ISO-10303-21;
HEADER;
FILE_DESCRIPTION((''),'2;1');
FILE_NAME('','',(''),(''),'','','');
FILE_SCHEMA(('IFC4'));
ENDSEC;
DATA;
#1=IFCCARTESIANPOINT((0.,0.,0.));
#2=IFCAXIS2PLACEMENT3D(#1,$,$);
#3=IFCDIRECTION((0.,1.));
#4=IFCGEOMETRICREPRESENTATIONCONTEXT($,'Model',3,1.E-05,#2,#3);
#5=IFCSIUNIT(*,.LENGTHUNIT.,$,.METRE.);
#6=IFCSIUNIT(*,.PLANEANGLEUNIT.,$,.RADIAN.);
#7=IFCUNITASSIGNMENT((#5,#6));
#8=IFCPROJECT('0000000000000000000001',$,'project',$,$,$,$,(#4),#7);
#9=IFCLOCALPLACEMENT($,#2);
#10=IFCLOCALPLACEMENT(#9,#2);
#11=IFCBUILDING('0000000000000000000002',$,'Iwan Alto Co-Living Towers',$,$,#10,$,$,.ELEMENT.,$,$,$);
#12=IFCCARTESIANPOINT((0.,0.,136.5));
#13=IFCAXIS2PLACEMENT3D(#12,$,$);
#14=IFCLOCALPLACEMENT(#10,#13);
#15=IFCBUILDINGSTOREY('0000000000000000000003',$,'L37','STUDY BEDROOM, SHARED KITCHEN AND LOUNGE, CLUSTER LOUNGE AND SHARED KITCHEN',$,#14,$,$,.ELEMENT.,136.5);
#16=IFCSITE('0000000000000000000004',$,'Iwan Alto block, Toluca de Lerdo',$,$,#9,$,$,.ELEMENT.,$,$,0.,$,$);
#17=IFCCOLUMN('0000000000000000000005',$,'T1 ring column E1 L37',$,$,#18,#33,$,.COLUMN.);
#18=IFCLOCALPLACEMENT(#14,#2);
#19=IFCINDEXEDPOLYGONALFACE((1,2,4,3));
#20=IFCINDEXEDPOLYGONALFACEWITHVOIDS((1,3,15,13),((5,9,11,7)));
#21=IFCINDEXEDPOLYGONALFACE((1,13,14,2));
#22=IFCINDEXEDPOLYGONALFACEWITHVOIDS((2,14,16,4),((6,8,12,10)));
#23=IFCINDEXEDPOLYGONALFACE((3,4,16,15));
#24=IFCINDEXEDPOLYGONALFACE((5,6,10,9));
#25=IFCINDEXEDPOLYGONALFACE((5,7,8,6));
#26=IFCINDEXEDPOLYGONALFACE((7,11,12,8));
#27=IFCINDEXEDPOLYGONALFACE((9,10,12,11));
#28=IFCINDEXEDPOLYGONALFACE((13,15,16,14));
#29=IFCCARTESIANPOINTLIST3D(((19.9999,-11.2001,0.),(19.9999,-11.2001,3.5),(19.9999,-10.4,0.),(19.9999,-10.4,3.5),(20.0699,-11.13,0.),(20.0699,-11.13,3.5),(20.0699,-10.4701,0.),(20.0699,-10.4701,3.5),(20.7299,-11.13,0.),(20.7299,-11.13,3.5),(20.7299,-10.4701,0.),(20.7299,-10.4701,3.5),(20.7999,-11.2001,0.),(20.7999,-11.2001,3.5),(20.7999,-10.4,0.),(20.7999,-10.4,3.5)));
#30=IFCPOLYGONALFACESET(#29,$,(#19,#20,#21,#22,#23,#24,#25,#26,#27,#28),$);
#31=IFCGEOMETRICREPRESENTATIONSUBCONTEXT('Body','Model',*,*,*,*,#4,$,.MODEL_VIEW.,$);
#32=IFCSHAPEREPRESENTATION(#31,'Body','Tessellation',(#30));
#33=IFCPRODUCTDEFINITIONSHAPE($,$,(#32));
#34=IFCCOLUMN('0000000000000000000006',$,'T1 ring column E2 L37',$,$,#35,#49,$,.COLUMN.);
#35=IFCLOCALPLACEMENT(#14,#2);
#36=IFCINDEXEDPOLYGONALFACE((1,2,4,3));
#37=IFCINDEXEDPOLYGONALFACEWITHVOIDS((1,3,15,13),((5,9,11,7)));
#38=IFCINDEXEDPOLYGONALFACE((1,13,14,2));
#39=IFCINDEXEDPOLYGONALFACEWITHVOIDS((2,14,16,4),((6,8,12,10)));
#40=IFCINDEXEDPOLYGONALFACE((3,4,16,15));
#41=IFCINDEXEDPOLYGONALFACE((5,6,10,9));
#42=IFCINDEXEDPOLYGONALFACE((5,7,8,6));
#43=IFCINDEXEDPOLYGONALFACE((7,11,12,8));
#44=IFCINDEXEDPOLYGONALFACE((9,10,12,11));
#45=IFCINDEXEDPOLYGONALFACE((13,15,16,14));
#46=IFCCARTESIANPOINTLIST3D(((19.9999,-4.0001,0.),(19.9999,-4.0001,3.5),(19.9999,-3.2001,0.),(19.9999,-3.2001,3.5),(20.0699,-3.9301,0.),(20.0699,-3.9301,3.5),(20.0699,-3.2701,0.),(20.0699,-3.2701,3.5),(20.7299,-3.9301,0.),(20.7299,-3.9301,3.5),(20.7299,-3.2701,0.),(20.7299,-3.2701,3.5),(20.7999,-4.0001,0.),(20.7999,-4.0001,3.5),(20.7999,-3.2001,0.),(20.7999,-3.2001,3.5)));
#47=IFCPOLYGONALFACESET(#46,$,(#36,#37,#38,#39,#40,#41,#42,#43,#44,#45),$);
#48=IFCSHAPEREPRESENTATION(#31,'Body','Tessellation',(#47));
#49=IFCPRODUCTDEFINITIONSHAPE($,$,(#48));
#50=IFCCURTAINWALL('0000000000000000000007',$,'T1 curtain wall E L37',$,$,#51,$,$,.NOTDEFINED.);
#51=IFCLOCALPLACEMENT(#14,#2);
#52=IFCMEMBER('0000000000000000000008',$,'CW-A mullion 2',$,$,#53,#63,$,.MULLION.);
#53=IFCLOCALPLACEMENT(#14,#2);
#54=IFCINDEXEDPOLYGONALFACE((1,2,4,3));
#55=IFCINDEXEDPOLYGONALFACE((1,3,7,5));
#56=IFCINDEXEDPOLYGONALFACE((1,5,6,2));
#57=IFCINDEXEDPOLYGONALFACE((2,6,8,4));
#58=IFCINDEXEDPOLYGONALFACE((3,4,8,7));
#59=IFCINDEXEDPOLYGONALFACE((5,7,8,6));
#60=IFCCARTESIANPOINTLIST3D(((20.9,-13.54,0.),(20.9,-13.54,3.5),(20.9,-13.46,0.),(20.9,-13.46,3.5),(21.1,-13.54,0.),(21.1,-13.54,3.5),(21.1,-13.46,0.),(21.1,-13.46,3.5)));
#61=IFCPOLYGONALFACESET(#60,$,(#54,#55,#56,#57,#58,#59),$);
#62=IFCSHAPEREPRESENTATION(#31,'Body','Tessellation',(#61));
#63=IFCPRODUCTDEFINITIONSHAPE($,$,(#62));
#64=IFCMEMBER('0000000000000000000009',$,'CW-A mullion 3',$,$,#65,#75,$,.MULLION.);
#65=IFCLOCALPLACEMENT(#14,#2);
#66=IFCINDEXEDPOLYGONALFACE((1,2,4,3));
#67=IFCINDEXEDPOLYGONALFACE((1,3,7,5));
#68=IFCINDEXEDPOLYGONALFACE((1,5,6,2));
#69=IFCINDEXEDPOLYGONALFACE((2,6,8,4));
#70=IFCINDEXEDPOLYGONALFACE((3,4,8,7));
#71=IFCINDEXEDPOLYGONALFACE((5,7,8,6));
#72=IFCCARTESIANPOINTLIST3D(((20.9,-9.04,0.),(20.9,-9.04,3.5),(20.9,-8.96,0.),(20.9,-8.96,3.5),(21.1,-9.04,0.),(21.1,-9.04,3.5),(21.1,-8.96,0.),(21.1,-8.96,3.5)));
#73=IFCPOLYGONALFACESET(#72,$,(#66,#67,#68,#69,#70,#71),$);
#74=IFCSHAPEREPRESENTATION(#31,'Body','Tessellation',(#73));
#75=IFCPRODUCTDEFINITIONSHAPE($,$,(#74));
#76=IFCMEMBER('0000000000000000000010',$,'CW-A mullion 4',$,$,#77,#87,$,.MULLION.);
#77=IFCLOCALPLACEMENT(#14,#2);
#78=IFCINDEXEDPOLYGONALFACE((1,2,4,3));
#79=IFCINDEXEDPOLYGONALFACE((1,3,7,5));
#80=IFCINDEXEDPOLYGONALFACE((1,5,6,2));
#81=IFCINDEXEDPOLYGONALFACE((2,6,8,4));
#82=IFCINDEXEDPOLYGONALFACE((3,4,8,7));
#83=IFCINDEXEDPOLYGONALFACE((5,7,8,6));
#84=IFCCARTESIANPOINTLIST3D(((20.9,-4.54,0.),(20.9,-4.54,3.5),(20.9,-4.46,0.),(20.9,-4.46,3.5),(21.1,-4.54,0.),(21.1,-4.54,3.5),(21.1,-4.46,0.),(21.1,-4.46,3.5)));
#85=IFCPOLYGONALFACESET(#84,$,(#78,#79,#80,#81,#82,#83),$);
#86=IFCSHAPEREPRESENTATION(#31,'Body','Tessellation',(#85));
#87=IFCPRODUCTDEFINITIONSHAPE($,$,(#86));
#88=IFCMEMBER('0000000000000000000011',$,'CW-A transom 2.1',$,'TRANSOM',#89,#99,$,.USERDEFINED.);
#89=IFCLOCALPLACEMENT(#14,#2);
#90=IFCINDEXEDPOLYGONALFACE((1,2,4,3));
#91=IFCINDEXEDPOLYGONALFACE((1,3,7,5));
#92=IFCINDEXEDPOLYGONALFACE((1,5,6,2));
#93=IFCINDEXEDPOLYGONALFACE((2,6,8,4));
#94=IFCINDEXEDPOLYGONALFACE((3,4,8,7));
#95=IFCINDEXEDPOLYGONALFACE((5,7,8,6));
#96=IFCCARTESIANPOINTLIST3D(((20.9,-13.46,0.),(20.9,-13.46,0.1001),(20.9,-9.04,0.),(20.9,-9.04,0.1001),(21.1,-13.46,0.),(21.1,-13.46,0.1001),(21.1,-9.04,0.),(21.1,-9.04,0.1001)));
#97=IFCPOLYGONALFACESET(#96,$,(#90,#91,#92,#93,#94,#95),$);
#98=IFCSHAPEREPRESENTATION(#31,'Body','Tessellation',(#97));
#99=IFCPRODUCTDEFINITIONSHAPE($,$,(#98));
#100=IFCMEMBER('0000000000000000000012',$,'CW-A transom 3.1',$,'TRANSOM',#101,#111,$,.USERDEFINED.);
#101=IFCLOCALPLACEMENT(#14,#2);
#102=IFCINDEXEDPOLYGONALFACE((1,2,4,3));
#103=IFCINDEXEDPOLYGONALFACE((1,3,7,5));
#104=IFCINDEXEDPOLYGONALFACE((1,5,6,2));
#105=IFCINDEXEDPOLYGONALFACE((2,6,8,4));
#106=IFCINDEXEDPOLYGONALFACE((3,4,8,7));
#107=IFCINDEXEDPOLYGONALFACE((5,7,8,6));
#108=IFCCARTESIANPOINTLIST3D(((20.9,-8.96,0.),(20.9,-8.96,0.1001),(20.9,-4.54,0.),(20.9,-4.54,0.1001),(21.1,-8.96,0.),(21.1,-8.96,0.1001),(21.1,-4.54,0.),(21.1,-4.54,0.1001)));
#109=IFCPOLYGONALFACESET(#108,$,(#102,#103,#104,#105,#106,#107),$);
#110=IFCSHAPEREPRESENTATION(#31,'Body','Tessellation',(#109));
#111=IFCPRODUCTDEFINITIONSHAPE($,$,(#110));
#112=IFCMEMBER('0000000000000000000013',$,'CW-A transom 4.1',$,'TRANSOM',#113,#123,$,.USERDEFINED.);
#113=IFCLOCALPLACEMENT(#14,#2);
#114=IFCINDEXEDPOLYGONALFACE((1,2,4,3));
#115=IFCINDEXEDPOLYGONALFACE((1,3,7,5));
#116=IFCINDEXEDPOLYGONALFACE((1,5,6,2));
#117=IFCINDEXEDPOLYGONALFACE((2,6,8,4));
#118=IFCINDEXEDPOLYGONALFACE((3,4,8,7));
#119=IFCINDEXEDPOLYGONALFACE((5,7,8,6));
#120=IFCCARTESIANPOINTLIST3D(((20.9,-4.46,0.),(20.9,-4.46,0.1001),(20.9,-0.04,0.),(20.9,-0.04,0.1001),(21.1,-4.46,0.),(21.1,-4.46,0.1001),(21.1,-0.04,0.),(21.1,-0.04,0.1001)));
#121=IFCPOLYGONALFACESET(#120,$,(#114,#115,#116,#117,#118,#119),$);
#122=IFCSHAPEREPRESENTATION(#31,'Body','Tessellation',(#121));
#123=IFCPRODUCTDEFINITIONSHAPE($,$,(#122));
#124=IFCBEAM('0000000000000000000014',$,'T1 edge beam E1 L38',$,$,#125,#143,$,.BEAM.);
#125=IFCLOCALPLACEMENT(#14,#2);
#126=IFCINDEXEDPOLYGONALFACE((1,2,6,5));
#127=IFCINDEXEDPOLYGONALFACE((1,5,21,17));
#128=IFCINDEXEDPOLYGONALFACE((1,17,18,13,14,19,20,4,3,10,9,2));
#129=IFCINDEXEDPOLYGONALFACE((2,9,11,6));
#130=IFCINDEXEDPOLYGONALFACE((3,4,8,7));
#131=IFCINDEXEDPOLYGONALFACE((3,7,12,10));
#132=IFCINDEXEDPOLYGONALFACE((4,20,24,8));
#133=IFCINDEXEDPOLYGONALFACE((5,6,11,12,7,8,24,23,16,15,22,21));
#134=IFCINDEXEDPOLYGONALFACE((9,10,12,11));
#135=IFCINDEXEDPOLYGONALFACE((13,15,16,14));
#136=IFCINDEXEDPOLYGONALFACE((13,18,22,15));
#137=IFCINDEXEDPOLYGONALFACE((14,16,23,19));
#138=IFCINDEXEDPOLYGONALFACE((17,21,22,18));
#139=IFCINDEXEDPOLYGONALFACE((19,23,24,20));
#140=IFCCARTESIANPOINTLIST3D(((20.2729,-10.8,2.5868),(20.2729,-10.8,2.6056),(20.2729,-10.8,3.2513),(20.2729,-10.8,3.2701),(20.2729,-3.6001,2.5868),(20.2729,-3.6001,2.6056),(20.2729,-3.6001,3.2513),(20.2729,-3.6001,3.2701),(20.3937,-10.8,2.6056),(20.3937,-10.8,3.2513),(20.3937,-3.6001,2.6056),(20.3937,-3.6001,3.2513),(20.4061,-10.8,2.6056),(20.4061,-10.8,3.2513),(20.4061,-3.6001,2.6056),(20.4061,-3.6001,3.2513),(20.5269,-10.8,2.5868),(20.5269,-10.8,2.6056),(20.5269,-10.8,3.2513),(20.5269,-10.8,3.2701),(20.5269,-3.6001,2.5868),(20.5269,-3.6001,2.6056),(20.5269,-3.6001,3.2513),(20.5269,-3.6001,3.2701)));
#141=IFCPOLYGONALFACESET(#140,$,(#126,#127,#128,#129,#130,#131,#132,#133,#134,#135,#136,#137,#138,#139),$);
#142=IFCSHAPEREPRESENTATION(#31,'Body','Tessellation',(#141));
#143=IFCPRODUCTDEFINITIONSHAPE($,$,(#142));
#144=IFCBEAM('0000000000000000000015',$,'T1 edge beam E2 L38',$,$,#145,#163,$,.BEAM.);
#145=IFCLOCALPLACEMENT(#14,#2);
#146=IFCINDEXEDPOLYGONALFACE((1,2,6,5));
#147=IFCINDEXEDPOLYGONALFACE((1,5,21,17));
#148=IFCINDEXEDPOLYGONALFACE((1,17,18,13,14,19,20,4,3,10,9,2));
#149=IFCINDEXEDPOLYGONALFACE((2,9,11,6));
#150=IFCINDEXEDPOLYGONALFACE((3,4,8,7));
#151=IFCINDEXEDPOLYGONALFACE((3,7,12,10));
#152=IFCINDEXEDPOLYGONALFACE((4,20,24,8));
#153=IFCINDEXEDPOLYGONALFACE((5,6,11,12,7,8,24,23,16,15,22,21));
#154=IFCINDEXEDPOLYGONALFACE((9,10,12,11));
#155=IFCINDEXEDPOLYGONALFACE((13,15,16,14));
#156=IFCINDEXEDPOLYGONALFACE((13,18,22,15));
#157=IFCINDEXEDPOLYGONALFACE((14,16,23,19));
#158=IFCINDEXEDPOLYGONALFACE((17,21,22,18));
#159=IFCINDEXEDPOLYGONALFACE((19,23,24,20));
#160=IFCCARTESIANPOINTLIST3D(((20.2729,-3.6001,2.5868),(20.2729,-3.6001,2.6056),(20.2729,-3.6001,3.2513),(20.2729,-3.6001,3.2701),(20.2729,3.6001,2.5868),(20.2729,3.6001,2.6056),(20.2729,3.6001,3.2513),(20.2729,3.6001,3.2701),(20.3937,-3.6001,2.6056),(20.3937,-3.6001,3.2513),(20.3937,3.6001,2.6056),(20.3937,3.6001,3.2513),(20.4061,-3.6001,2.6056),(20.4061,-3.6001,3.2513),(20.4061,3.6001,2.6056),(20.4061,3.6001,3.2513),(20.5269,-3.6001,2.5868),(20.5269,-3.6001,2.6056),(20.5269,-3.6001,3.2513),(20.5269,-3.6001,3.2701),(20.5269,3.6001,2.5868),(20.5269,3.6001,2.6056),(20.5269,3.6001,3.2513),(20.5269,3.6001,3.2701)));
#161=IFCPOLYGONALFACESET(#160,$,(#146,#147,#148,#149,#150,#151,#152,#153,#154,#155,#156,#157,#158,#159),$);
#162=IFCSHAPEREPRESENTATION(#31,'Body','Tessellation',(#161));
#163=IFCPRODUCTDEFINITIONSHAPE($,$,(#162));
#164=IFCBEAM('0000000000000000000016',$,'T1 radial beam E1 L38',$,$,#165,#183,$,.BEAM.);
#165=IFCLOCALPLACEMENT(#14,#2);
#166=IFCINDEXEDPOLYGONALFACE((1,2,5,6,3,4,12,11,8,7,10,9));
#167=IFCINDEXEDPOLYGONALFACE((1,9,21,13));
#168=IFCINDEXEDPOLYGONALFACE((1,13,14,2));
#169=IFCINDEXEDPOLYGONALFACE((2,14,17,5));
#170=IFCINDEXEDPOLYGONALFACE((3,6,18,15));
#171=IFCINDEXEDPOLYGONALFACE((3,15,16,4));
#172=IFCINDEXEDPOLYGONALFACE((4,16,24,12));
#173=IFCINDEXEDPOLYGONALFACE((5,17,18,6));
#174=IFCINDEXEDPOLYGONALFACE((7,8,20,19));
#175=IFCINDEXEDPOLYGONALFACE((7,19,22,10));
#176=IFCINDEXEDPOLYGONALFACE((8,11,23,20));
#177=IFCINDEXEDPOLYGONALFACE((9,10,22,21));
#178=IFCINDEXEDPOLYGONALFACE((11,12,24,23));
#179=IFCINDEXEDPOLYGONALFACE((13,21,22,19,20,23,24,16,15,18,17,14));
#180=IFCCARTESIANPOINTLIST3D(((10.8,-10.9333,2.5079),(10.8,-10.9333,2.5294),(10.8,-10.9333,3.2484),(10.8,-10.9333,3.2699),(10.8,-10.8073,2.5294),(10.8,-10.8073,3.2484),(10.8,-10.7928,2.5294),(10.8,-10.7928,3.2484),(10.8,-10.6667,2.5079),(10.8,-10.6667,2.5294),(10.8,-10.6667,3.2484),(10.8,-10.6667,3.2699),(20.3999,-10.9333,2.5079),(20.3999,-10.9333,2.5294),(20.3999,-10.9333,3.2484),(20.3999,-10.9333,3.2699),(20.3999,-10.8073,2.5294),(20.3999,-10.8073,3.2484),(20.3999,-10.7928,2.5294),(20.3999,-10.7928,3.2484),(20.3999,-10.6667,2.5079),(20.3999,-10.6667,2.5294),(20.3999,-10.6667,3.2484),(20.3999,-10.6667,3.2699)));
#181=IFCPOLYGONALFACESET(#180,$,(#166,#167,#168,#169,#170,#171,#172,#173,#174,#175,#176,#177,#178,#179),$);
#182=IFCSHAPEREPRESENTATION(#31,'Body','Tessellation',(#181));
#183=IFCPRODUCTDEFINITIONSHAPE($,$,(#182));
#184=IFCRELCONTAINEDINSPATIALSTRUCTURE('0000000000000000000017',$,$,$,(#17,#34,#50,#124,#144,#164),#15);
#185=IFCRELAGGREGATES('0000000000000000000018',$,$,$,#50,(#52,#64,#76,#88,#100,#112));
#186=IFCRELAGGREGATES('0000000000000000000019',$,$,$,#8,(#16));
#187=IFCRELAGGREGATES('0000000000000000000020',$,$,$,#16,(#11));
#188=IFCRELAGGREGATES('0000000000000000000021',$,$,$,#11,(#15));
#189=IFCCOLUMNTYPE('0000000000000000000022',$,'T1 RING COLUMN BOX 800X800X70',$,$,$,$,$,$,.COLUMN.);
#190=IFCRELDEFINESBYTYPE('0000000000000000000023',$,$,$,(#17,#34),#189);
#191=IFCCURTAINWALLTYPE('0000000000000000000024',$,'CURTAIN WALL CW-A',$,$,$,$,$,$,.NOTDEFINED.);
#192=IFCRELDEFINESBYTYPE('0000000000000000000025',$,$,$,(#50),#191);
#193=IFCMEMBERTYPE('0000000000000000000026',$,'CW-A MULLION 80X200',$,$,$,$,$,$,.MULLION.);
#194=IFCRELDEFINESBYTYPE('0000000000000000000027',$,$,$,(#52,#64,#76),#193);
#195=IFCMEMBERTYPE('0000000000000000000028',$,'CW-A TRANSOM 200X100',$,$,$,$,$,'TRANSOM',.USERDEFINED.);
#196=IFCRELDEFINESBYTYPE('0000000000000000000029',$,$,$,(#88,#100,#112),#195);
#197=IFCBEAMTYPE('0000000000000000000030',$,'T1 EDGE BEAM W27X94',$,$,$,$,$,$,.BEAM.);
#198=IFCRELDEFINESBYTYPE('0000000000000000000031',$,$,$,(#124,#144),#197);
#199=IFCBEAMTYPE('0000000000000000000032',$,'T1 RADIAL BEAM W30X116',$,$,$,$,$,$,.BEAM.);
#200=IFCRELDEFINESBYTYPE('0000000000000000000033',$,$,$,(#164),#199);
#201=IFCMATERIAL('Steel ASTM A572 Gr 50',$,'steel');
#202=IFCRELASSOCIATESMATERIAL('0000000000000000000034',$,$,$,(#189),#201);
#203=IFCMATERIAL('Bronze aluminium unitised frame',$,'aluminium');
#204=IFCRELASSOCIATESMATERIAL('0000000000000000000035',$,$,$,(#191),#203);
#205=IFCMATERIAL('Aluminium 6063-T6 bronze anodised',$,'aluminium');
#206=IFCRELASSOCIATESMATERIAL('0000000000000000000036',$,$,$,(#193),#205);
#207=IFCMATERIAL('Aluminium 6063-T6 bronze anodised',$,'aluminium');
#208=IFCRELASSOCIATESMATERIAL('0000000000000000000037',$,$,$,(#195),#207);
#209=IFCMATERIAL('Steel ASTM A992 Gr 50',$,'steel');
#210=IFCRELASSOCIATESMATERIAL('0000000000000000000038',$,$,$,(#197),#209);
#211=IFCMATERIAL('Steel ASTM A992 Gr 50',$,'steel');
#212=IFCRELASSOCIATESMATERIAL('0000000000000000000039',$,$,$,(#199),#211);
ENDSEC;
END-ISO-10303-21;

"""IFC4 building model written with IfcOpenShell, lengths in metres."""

from ifc_helpers import new_model, si_unit, direction, frame, origin, origin_2d, place, context, subcontext, project, spatial, rectangle, hollow_rectangle, i_section, extrude, material, material_profile, profile_set, type_object, element, aggregate, save


model = new_model("IFC4")

# Units and contexts
model_context = context("Model", 3, precision=1e-05, world=origin(), true_north=direction((0.0, 1.0)))
body_context = subcontext(model_context, "Body", "Model", "MODEL_VIEW")
ifc_project = project(units=[si_unit("LENGTHUNIT", "METRE"), si_unit("PLANEANGLEUNIT", "RADIAN")], contexts=[model_context])

# Site, building, storey
site_placement = place(None, origin())
site = spatial("IfcSite", under=ifc_project, at=site_placement, Name="Iwan Alto block, Toluca de Lerdo", CompositionType="ELEMENT", RefElevation=0.0)
building_placement = place(site_placement, origin())
building = spatial("IfcBuilding", under=site, at=building_placement, Name="Iwan Alto Co-Living Towers", CompositionType="ELEMENT")
storey_placement = place(building_placement, frame((0.0, 0.0, 136.5)))
storey = spatial("IfcBuildingStorey", under=building, at=storey_placement, Name="L37", Description="STUDY BEDROOM, SHARED KITCHEN AND LOUNGE, CLUSTER LOUNGE AND SHARED KITCHEN", CompositionType="ELEMENT", Elevation=136.5)

# Columns
ifc_material_1 = material(Name="Steel ASTM A572 Gr 50", Category="steel")
ifc_material_profile_1 = material_profile(ifc_material_1, hollow_rectangle(XDim=0.8, YDim=0.8, WallThickness=0.0701, at=origin_2d()), Name="BOX 800X800X70")
ifc_profile_set_1 = profile_set([ifc_material_profile_1], Name="Steel ASTM A572 Gr 50")
column_type = type_object("IfcColumnType", Name="T1 RING COLUMN BOX 800X800X70", PredefinedType="COLUMN", material=ifc_profile_set_1)
for number, where, z_axis, x_axis, name in (
    (1, (20.3999, -10.8, 0.0), (0.0, 0.0, 1.0), (1.0, 0.0, 0.0), "T1 ring column E1 L37"),
    (2, (20.3999, -3.6001, 0.0), (0.0, 0.0, 1.0), (1.0, 0.0, 0.0), "T1 ring column E2 L37"),
):
    element("IfcColumn", number, at=place(storey_placement, frame(where, z_axis=z_axis, x_axis=x_axis)), inside=storey, type_object=column_type, Name=name, PredefinedType="COLUMN", context=body_context, shape_type="SweptSolid", body=[
        extrude(hollow_rectangle(XDim=0.8, YDim=0.8, WallThickness=0.0701, at=origin_2d()), origin(), (0.0, 0.0, 1.0), 3.5),
    ])

# Curtain wall, members
ifc_material_2 = material(Name="Bronze aluminium unitised frame", Category="aluminium")
curtain_wall_type = type_object("IfcCurtainWallType", Name="CURTAIN WALL CW-A", PredefinedType="NOTDEFINED", material=ifc_material_2)
curtain_wall_placement = place(storey_placement, origin())
curtain_wall = element("IfcCurtainWall", 3, at=curtain_wall_placement, inside=storey, type_object=curtain_wall_type, Name="T1 curtain wall E L37", PredefinedType="NOTDEFINED")
ifc_material_3 = material(Name="Aluminium 6063-T6 bronze anodised", Category="aluminium")
ifc_material_profile_2 = material_profile(ifc_material_3, rectangle(XDim=0.2, YDim=0.0801, at=origin_2d()), Name="AL 80X200")
ifc_profile_set_2 = profile_set([ifc_material_profile_2], Name="Aluminium 6063-T6 bronze anodised")
member_type_1 = type_object("IfcMemberType", Name="CW-A MULLION 80X200", PredefinedType="MULLION", material=ifc_profile_set_2)
member_1_placement = place(storey_placement, frame((21.0, -13.5, 0.0), z_axis=(0.0, 0.0, 1.0), x_axis=(-1.0, 0.0, 0.0)))
member_1 = element("IfcMember", 4, at=member_1_placement, type_object=member_type_1, Name="CW-A mullion 2", PredefinedType="MULLION", context=body_context, shape_type="SweptSolid", body=[
    extrude(rectangle(XDim=0.2, YDim=0.0801, at=origin_2d()), origin(), (0.0, 0.0, 1.0), 3.5),
])
member_2_placement = place(storey_placement, frame((21.0, -9.0, 0.0), z_axis=(0.0, 0.0, 1.0), x_axis=(-1.0, 0.0, 0.0)))
member_2 = element("IfcMember", 5, at=member_2_placement, type_object=member_type_1, Name="CW-A mullion 3", PredefinedType="MULLION", context=body_context, shape_type="SweptSolid", body=[
    extrude(rectangle(XDim=0.2, YDim=0.0801, at=origin_2d()), origin(), (0.0, 0.0, 1.0), 3.5),
])
member_3_placement = place(storey_placement, frame((21.0, -4.5, 0.0), z_axis=(0.0, 0.0, 1.0), x_axis=(-1.0, 0.0, 0.0)))
member_3 = element("IfcMember", 6, at=member_3_placement, type_object=member_type_1, Name="CW-A mullion 4", PredefinedType="MULLION", context=body_context, shape_type="SweptSolid", body=[
    extrude(rectangle(XDim=0.2, YDim=0.0801, at=origin_2d()), origin(), (0.0, 0.0, 1.0), 3.5),
])
ifc_material_4 = material(Name="Aluminium 6063-T6 bronze anodised", Category="aluminium")
ifc_material_profile_3 = material_profile(ifc_material_4, rectangle(XDim=0.2, YDim=0.1001, at=origin_2d()), Name="AL 200X100")
ifc_profile_set_3 = profile_set([ifc_material_profile_3], Name="Aluminium 6063-T6 bronze anodised")
member_type_2 = type_object("IfcMemberType", Name="CW-A TRANSOM 200X100", ElementType="TRANSOM", PredefinedType="USERDEFINED", material=ifc_profile_set_3)
member_4_placement = place(storey_placement, frame((21.0, -13.46, 0.05), z_axis=(0.0, 1.0, 0.0), x_axis=(-1.0, 0.0, 0.0)))
member_4 = element("IfcMember", 7, at=member_4_placement, type_object=member_type_2, Name="CW-A transom 2.1", ObjectType="TRANSOM", PredefinedType="USERDEFINED", context=body_context, shape_type="SweptSolid", body=[
    extrude(rectangle(XDim=0.2, YDim=0.1001, at=origin_2d()), origin(), (0.0, 0.0, 1.0), 4.4199),
])
member_5_placement = place(storey_placement, frame((21.0, -8.96, 0.05), z_axis=(0.0, 1.0, 0.0), x_axis=(-1.0, 0.0, 0.0)))
member_5 = element("IfcMember", 8, at=member_5_placement, type_object=member_type_2, Name="CW-A transom 3.1", ObjectType="TRANSOM", PredefinedType="USERDEFINED", context=body_context, shape_type="SweptSolid", body=[
    extrude(rectangle(XDim=0.2, YDim=0.1001, at=origin_2d()), origin(), (0.0, 0.0, 1.0), 4.4199),
])
member_6_placement = place(storey_placement, frame((21.0, -4.46, 0.05), z_axis=(0.0, 1.0, 0.0), x_axis=(-1.0, 0.0, 0.0)))
member_6 = element("IfcMember", 9, at=member_6_placement, type_object=member_type_2, Name="CW-A transom 4.1", ObjectType="TRANSOM", PredefinedType="USERDEFINED", context=body_context, shape_type="SweptSolid", body=[
    extrude(rectangle(XDim=0.2, YDim=0.1001, at=origin_2d()), origin(), (0.0, 0.0, 1.0), 4.4199),
])

# Beams
ifc_material_5 = material(Name="Steel ASTM A992 Gr 50", Category="steel")
ifc_material_profile_4 = material_profile(ifc_material_5, i_section(OverallWidth=0.2539, OverallDepth=0.6833, WebThickness=0.0125, FlangeThickness=0.0188, at=origin_2d()), Name="W27X94")
ifc_profile_set_4 = profile_set([ifc_material_profile_4], Name="Steel ASTM A992 Gr 50")
beam_type_1 = type_object("IfcBeamType", Name="T1 EDGE BEAM W27X94", PredefinedType="BEAM", material=ifc_profile_set_4)
beam_1_placement = place(storey_placement, frame((20.3999, -10.8, 2.9285), z_axis=(0.0, 1.0, 0.0), x_axis=(-1.0, 0.0, 0.0)))
element("IfcBeam", 10, at=beam_1_placement, inside=storey, type_object=beam_type_1, Name="T1 edge beam E1 L38", PredefinedType="BEAM", context=body_context, shape_type="SweptSolid", body=[
    extrude(i_section(OverallWidth=0.2539, OverallDepth=0.6833, WebThickness=0.0125, FlangeThickness=0.0188, at=origin_2d()), origin(), (0.0, 0.0, 1.0), 7.2),
])
beam_2_placement = place(storey_placement, frame((20.3999, -3.6001, 2.9285), z_axis=(0.0, 1.0, 0.0), x_axis=(-1.0, 0.0, 0.0)))
element("IfcBeam", 11, at=beam_2_placement, inside=storey, type_object=beam_type_1, Name="T1 edge beam E2 L38", PredefinedType="BEAM", context=body_context, shape_type="SweptSolid", body=[
    extrude(i_section(OverallWidth=0.2539, OverallDepth=0.6833, WebThickness=0.0125, FlangeThickness=0.0188, at=origin_2d()), origin(), (0.0, 0.0, 1.0), 7.2002),
])
ifc_material_6 = material(Name="Steel ASTM A992 Gr 50", Category="steel")
ifc_material_profile_5 = material_profile(ifc_material_6, i_section(OverallWidth=0.2666, OverallDepth=0.762, WebThickness=0.0144, FlangeThickness=0.0215, at=origin_2d()), Name="W30X116")
ifc_profile_set_5 = profile_set([ifc_material_profile_5], Name="Steel ASTM A992 Gr 50")
beam_type_2 = type_object("IfcBeamType", Name="T1 RADIAL BEAM W30X116", PredefinedType="BEAM", material=ifc_profile_set_5)
beam_3_placement = place(storey_placement, frame((20.3999, -10.8, 2.8889), z_axis=(-1.0, 0.0, 0.0), x_axis=(0.0, -1.0, 0.0)))
element("IfcBeam", 12, at=beam_3_placement, inside=storey, type_object=beam_type_2, Name="T1 radial beam E1 L38", PredefinedType="BEAM", context=body_context, shape_type="SweptSolid", body=[
    extrude(i_section(OverallWidth=0.2666, OverallDepth=0.762, WebThickness=0.0144, FlangeThickness=0.0215, at=origin_2d()), origin(), (0.0, 0.0, 1.0), 9.5999),
])

aggregate(curtain_wall, [member_1, member_2, member_3, member_4, member_5, member_6])

save(model, "model.ifc")
